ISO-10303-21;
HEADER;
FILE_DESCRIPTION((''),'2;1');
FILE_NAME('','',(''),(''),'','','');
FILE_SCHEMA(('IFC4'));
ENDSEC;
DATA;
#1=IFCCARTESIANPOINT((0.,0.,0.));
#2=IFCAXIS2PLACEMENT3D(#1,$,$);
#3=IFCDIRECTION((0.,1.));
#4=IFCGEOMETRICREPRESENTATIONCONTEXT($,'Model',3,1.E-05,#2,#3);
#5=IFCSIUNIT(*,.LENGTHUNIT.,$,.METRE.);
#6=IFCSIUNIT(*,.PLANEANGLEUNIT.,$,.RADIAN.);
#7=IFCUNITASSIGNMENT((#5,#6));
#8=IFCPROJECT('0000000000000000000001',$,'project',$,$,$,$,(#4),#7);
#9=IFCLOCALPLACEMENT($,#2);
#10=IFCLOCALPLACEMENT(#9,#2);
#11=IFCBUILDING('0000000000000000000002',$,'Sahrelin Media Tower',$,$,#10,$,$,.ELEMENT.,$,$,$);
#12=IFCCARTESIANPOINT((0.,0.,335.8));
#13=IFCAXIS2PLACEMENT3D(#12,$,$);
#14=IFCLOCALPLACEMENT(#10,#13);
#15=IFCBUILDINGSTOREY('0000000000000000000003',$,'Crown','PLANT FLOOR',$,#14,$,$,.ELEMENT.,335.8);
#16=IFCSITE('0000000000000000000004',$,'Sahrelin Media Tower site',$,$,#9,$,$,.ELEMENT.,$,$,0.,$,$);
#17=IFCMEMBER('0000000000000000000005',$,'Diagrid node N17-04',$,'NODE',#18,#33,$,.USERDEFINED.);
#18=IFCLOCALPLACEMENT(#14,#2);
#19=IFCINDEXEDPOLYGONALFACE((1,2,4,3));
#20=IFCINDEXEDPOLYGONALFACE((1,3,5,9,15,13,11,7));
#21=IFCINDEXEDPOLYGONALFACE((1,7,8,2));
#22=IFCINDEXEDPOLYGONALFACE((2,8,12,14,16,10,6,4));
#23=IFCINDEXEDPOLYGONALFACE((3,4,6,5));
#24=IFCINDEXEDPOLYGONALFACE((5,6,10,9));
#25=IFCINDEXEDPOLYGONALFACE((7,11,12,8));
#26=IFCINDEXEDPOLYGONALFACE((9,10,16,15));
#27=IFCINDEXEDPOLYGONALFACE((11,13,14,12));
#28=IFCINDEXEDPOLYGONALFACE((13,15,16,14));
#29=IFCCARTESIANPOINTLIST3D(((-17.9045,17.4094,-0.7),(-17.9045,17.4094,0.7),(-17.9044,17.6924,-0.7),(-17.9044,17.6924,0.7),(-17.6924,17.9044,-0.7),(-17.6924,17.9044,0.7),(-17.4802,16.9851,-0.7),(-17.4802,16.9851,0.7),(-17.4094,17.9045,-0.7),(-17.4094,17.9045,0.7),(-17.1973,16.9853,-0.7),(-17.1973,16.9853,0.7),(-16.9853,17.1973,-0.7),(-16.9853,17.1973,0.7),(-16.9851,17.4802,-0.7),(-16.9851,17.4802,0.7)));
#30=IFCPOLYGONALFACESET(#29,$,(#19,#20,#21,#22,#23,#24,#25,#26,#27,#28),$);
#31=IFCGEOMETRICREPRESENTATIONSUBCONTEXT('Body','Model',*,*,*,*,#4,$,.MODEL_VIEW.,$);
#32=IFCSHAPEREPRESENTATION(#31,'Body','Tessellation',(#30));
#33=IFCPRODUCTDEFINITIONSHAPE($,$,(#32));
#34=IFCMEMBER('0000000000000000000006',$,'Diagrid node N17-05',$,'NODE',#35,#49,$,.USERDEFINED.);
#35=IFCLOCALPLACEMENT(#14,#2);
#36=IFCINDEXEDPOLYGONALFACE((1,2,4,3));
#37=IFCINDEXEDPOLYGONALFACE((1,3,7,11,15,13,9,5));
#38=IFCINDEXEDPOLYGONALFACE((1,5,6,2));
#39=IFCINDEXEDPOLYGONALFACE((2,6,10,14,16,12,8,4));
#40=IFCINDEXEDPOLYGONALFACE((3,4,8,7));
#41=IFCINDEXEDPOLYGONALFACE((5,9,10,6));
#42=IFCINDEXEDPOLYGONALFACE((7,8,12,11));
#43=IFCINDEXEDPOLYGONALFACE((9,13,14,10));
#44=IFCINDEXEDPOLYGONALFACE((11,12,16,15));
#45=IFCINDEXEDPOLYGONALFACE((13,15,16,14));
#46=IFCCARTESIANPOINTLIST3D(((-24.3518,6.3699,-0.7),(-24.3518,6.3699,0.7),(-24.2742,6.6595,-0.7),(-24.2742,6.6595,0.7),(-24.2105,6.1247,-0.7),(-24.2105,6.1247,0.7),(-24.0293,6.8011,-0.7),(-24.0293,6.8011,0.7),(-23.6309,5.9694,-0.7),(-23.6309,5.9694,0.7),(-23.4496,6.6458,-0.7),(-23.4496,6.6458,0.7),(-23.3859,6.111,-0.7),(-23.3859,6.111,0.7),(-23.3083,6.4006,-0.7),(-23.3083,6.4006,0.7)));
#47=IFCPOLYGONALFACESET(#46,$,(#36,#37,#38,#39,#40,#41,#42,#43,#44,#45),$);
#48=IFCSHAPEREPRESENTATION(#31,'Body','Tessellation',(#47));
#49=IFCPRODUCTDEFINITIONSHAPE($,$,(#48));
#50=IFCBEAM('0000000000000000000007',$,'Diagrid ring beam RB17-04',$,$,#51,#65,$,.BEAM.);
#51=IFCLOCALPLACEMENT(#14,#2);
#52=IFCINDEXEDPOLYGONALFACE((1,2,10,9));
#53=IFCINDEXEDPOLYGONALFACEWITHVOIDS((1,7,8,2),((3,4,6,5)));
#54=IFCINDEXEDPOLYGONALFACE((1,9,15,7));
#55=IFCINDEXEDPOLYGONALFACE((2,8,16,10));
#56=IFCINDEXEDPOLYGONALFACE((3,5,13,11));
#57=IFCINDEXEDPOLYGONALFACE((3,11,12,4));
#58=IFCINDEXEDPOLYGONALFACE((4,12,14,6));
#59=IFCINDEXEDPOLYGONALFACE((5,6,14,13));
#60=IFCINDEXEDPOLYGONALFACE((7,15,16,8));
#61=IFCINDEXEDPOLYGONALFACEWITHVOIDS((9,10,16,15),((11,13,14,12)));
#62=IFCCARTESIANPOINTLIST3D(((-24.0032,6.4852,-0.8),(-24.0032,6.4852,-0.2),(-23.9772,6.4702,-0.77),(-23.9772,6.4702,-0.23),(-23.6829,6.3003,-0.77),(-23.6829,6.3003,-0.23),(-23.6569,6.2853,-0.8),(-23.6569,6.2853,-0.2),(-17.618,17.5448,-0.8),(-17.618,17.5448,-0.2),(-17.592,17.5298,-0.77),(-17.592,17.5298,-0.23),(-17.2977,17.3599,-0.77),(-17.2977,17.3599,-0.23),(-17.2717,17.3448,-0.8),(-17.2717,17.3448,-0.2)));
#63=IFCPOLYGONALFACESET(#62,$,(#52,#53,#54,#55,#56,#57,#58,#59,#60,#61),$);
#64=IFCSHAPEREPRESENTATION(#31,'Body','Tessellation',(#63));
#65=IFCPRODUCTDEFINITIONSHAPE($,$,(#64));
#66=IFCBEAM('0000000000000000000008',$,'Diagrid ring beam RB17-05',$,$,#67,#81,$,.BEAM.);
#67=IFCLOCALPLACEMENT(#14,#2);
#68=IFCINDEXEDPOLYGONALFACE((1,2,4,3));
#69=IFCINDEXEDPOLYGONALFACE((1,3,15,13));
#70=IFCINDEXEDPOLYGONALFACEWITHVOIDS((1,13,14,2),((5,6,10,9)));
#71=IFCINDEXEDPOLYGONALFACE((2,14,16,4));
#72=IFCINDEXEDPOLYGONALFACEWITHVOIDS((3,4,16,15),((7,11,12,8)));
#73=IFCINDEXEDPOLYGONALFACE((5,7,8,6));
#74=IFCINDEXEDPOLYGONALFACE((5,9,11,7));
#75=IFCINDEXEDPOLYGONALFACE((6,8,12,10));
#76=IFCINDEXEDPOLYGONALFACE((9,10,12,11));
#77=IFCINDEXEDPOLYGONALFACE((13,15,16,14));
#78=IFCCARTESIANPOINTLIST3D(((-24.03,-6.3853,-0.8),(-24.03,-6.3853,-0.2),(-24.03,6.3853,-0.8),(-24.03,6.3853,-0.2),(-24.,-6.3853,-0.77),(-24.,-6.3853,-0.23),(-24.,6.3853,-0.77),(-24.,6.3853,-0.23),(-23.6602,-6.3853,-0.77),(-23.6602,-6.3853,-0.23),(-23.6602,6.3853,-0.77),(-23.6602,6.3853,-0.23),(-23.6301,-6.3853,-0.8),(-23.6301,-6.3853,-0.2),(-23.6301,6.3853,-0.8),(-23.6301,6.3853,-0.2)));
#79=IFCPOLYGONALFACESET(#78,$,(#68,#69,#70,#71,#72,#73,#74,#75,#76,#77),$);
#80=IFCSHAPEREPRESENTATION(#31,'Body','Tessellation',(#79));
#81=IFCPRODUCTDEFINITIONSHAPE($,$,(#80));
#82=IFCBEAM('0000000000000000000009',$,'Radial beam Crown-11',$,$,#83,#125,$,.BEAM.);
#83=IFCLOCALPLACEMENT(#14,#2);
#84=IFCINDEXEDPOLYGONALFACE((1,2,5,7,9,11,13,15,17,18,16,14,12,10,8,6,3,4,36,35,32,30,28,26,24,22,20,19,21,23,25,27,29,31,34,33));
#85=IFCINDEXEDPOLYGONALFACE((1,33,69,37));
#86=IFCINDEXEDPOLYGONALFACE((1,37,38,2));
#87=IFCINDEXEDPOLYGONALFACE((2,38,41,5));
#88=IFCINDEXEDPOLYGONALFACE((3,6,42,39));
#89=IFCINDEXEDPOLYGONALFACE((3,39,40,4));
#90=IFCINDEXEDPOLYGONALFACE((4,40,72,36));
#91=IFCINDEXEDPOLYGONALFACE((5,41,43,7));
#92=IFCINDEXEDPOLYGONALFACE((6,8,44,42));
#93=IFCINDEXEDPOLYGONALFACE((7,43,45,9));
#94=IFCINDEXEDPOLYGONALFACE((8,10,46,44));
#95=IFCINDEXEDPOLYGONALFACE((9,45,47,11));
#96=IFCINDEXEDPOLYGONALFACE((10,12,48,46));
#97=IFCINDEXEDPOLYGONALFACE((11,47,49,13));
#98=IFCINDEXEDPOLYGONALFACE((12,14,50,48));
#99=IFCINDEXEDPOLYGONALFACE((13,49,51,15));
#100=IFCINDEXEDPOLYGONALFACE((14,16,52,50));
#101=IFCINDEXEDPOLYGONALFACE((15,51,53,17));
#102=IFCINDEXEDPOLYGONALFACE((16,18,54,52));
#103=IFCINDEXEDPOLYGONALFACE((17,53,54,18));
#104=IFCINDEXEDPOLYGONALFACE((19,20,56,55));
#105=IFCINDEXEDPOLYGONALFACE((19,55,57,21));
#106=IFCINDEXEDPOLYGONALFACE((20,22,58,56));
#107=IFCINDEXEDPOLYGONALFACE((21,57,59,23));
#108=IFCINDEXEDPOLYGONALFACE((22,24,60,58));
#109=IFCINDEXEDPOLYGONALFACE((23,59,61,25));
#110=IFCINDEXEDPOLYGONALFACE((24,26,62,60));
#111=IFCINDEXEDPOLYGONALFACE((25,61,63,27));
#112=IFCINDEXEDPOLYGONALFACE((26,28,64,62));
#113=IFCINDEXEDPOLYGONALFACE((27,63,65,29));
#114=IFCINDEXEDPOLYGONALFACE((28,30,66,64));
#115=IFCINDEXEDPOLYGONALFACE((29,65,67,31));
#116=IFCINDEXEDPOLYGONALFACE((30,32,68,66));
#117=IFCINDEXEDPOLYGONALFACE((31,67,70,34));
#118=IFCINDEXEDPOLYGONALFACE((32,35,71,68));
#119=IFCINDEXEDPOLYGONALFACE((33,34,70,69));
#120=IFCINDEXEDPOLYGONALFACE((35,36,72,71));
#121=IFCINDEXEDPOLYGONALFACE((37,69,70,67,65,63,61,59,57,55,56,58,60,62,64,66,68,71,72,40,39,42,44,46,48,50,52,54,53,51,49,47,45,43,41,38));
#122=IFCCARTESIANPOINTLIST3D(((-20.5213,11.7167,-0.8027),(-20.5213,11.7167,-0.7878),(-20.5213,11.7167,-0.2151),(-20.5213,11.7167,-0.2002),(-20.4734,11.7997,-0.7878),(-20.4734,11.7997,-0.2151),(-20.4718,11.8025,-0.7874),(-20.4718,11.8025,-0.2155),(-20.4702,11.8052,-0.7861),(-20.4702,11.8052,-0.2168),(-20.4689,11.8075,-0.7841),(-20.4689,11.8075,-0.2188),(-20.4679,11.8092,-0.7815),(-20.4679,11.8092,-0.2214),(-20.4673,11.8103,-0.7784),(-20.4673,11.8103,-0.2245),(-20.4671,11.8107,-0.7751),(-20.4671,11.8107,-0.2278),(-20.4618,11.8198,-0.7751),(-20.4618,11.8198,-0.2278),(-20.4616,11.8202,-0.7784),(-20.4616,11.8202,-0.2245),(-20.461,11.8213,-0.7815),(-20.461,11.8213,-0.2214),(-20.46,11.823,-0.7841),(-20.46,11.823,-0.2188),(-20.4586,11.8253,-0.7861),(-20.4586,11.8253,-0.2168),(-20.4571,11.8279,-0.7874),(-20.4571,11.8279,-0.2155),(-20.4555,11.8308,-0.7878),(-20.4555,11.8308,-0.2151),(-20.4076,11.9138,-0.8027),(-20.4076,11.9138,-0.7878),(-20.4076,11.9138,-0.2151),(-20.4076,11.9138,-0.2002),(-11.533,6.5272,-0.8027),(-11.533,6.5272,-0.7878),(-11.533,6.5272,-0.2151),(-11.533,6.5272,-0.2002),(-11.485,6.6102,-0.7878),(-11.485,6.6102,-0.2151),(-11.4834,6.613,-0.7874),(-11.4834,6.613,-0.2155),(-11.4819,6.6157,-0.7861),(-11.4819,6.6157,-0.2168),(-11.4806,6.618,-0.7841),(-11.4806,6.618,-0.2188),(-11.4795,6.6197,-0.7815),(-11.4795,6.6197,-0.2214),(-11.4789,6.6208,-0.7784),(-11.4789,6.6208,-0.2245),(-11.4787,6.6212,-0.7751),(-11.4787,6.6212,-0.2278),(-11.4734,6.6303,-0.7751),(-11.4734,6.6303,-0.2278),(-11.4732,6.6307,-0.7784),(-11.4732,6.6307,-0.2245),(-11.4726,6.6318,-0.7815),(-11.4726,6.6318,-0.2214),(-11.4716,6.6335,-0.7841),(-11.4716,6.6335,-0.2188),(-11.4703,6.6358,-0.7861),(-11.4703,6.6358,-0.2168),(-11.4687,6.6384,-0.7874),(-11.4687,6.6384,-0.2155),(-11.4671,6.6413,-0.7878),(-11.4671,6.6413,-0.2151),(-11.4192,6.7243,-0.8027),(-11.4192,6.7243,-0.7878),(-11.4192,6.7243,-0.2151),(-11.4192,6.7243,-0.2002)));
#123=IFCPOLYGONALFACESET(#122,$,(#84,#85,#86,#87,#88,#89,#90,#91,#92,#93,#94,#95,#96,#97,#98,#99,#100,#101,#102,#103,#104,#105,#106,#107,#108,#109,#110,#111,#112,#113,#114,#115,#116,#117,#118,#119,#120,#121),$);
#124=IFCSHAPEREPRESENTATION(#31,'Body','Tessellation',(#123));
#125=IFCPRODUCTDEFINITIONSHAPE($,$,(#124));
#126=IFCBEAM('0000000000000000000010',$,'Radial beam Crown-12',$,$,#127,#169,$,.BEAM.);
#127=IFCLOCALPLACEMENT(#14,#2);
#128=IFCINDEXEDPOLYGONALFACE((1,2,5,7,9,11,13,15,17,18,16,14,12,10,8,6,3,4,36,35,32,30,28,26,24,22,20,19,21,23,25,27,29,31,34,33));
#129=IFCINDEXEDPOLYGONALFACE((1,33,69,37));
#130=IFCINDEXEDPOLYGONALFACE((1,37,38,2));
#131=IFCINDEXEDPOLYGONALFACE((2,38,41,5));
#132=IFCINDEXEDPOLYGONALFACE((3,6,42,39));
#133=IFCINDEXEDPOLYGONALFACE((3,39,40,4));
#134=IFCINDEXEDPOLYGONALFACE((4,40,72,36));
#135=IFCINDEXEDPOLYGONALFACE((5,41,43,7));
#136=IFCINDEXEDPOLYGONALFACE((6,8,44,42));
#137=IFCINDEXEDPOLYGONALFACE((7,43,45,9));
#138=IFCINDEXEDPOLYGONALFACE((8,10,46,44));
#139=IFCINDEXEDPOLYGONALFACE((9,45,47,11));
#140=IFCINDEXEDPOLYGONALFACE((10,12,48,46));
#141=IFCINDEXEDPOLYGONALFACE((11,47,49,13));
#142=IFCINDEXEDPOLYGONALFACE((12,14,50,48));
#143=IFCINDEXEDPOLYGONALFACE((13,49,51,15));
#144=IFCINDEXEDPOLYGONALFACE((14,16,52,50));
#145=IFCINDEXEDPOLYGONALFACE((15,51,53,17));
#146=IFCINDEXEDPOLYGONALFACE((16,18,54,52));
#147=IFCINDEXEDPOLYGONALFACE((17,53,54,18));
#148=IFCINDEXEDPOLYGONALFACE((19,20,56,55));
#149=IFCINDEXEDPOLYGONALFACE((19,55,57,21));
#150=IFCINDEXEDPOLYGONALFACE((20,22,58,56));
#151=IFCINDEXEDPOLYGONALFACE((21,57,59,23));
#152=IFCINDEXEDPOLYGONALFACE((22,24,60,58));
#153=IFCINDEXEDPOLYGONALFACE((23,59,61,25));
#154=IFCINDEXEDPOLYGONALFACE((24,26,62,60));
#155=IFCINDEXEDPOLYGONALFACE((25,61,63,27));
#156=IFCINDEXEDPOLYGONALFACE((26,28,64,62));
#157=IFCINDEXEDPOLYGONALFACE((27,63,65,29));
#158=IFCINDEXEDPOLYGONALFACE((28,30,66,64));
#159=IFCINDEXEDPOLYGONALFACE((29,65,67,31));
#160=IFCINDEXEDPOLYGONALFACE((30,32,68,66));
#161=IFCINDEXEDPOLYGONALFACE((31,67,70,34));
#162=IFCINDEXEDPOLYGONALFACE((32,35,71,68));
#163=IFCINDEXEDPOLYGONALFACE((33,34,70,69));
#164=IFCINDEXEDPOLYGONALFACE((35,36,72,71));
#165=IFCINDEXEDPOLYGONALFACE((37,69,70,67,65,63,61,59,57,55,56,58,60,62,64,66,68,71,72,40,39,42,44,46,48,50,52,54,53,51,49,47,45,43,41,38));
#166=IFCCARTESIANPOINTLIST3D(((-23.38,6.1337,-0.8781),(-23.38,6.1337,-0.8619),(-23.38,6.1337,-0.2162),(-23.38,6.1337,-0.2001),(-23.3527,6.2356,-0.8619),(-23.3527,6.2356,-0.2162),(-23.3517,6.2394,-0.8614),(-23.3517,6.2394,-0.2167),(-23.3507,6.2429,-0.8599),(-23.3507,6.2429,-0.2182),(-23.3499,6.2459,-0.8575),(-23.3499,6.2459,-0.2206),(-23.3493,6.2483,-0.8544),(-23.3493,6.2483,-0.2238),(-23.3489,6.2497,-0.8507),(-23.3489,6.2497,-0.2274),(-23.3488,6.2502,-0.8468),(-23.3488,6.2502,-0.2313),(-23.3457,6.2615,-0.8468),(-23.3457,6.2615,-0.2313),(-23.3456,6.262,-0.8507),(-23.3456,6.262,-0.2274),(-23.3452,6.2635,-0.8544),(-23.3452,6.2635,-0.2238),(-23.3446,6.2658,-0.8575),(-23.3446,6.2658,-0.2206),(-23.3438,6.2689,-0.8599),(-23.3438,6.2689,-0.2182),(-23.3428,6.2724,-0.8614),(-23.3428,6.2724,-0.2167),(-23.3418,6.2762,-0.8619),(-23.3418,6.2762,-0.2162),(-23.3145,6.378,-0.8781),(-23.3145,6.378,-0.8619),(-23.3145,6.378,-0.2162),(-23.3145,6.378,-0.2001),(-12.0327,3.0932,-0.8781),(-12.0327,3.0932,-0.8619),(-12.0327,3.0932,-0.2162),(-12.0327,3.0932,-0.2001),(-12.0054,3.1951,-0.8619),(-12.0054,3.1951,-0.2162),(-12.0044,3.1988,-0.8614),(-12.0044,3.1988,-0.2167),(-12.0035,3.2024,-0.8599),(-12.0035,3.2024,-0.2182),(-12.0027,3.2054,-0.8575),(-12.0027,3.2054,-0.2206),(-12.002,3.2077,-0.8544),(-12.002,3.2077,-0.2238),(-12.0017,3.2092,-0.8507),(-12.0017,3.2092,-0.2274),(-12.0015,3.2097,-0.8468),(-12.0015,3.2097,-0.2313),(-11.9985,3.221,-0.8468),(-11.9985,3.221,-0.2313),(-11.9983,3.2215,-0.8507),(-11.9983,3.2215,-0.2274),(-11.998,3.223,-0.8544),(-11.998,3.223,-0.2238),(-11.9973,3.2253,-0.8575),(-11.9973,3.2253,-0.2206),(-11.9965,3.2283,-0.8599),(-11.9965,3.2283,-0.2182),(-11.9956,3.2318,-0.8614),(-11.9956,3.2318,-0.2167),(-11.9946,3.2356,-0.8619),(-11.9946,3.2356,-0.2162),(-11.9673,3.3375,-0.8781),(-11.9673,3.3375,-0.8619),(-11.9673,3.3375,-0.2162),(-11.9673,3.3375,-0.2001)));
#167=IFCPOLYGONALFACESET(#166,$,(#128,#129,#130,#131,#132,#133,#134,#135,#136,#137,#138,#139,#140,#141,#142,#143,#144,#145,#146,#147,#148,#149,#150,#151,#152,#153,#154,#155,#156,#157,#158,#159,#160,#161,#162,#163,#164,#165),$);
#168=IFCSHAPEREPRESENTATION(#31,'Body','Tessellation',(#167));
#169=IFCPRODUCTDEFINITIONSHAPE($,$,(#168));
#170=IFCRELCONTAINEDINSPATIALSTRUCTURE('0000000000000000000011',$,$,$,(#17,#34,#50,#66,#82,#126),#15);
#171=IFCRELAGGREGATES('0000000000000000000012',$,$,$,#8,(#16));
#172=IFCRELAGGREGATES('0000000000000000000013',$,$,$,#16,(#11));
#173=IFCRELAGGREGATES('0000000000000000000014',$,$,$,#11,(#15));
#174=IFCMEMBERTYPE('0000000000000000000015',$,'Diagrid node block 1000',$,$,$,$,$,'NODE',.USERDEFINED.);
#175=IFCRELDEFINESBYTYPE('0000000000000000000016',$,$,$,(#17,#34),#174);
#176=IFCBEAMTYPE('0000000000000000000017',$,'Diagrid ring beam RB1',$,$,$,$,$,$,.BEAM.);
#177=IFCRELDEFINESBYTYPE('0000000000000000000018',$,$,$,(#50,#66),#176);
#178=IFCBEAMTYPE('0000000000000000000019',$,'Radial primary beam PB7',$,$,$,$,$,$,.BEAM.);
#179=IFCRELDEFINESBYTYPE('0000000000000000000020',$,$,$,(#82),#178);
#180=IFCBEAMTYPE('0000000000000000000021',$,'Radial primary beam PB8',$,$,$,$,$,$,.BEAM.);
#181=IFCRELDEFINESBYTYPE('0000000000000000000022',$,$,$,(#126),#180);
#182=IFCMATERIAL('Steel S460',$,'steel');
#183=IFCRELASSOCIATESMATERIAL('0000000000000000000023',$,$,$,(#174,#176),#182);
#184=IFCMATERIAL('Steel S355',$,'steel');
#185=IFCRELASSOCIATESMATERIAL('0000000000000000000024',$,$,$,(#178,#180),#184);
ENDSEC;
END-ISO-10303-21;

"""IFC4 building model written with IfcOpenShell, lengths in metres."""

from ifc_helpers import new_model, si_unit, direction, frame, origin, origin_2d, place, context, subcontext, project, spatial, polyline, hollow_rectangle, i_section, outline, extrude, material, material_profile, profile_set, type_object, element, save


model = new_model("IFC4")

# Units and contexts
model_context = context("Model", 3, precision=1e-05, world=origin(), true_north=direction((0.0, 1.0)))
body_context = subcontext(model_context, "Body", "Model", "MODEL_VIEW")
ifc_project = project(units=[si_unit("LENGTHUNIT", "METRE"), si_unit("PLANEANGLEUNIT", "RADIAN")], contexts=[model_context])

# Site, building, storey
site_placement = place(None, origin())
site = spatial("IfcSite", under=ifc_project, at=site_placement, Name="Sahrelin Media Tower site", CompositionType="ELEMENT", RefElevation=0.0)
building_placement = place(site_placement, origin())
building = spatial("IfcBuilding", under=site, at=building_placement, Name="Sahrelin Media Tower", CompositionType="ELEMENT")
storey_placement = place(building_placement, frame((0.0, 0.0, 335.8)))
storey = spatial("IfcBuildingStorey", under=building, at=storey_placement, Name="Crown", Description="PLANT FLOOR", CompositionType="ELEMENT", Elevation=335.8)

# Members
ifc_material_1 = material(Name="Steel S460", Category="steel")
ifc_material_profile_1 = material_profile(ifc_material_1, outline(polyline([(0.3, -0.3501), (0.5, -0.1499), (0.5, 0.1499), (0.3, 0.3501), (-0.3, 0.3501), (-0.5, 0.1499), (-0.5, -0.1499), (-0.3, -0.3501), (0.3, -0.3501)])), Name="Diagrid node block 1000")
ifc_profile_set_1 = profile_set([ifc_material_profile_1], Name="Steel S460")
member_type = type_object("IfcMemberType", Name="Diagrid node block 1000", ElementType="NODE", PredefinedType="USERDEFINED", material=ifc_profile_set_1)
for number, where, z_axis, x_axis, name in (
    (1, (-17.4448, 17.4448, -0.7), (0.0, 0.0, 1.0), (-0.707107, 0.707107, 0.0), "Diagrid node N17-04"),
    (2, (-23.8301, 6.3853, -0.7), (0.0, 0.0, 1.0), (-0.965926, 0.258819, 0.0), "Diagrid node N17-05"),
):
    element("IfcMember", number, at=place(storey_placement, frame(where, z_axis=z_axis, x_axis=x_axis)), inside=storey, type_object=member_type, Name=name, ObjectType="NODE", PredefinedType="USERDEFINED", context=body_context, shape_type="SweptSolid", body=[
        extrude(outline(polyline([(0.3, -0.3501), (0.5, -0.1499), (0.5, 0.1499), (0.3, 0.3501), (-0.3, 0.3501), (-0.5, 0.1499), (-0.5, -0.1499), (-0.3, -0.3501), (0.3, -0.3501)])), origin(), (0.0, 0.0, 1.0), 1.3999),
    ])

# Beams
ifc_material_profile_2 = material_profile(ifc_material_1, hollow_rectangle(XDim=0.3999, YDim=0.6001, WallThickness=0.03, at=origin_2d()), Name="Diagrid ring beam RB1")
ifc_profile_set_2 = profile_set([ifc_material_profile_2], Name="Steel S460")
beam_type_1 = type_object("IfcBeamType", Name="Diagrid ring beam RB1", PredefinedType="BEAM", material=ifc_profile_set_2)
for number, where, z_axis, x_axis, name in (
    (3, (-17.4448, 17.4448, -0.5), (-0.5, -0.866025, 0.0), (0.866025, -0.5, 0.0), "Diagrid ring beam RB17-04"),
    (4, (-23.8301, 6.3853, -0.5), (0.0, -1.0, 0.0), (1.0, 0.0, 0.0), "Diagrid ring beam RB17-05"),
):
    element("IfcBeam", number, at=place(storey_placement, frame(where, z_axis=z_axis, x_axis=x_axis)), inside=storey, type_object=beam_type_1, Name=name, PredefinedType="BEAM", context=body_context, shape_type="SweptSolid", body=[
        extrude(hollow_rectangle(XDim=0.3999, YDim=0.6001, WallThickness=0.03, at=origin_2d()), origin(), (0.0, 0.0, 1.0), 12.7705),
    ])
ifc_material_2 = material(Name="Steel S355", Category="steel")
ifc_material_profile_3 = material_profile(ifc_material_2, i_section(OverallWidth=0.2275, OverallDepth=0.6025, WebThickness=0.0105, FlangeThickness=0.0149, FilletRadius=0.0127, at=origin_2d()), Name="UB 610x229x101")
ifc_profile_set_3 = profile_set([ifc_material_profile_3], Name="Steel S355")
beam_type_2 = type_object("IfcBeamType", Name="Radial primary beam PB7", PredefinedType="BEAM", material=ifc_profile_set_3)
beam_1_placement = place(storey_placement, frame((-11.4761, 6.6257, -0.5015), z_axis=(-0.866023, 0.500005, 0.0), x_axis=(-0.500005, -0.866023, 0.0)))
element("IfcBeam", 5, at=beam_1_placement, inside=storey, type_object=beam_type_2, Name="Radial beam Crown-11", PredefinedType="BEAM", context=body_context, shape_type="SweptSolid", body=[
    extrude(i_section(OverallWidth=0.2275, OverallDepth=0.6025, WebThickness=0.0105, FlangeThickness=0.0149, FilletRadius=0.0127, at=origin_2d()), origin(), (0.0, 0.0, 1.0), 10.3789),
])
ifc_material_profile_4 = material_profile(ifc_material_2, i_section(OverallWidth=0.2529, OverallDepth=0.678, WebThickness=0.0117, FlangeThickness=0.0161, FilletRadius=0.0151, at=origin_2d()), Name="UB 686x254x125")
ifc_profile_set_4 = profile_set([ifc_material_profile_4], Name="Steel S355")
beam_type_3 = type_object("IfcBeamType", Name="Radial primary beam PB8", PredefinedType="BEAM", material=ifc_profile_set_4)
beam_2_placement = place(storey_placement, frame((-12.0, 3.2153, -0.5391), z_axis=(-0.965924, 0.258824, 0.0), x_axis=(-0.258824, -0.965924, 0.0)))
element("IfcBeam", 6, at=beam_2_placement, inside=storey, type_object=beam_type_3, Name="Radial beam Crown-12", PredefinedType="BEAM", context=body_context, shape_type="SweptSolid", body=[
    extrude(i_section(OverallWidth=0.2529, OverallDepth=0.678, WebThickness=0.0117, FlangeThickness=0.0161, FilletRadius=0.0151, at=origin_2d()), origin(), (0.0, 0.0, 1.0), 11.7476),
])

save(model, "model.ifc")
